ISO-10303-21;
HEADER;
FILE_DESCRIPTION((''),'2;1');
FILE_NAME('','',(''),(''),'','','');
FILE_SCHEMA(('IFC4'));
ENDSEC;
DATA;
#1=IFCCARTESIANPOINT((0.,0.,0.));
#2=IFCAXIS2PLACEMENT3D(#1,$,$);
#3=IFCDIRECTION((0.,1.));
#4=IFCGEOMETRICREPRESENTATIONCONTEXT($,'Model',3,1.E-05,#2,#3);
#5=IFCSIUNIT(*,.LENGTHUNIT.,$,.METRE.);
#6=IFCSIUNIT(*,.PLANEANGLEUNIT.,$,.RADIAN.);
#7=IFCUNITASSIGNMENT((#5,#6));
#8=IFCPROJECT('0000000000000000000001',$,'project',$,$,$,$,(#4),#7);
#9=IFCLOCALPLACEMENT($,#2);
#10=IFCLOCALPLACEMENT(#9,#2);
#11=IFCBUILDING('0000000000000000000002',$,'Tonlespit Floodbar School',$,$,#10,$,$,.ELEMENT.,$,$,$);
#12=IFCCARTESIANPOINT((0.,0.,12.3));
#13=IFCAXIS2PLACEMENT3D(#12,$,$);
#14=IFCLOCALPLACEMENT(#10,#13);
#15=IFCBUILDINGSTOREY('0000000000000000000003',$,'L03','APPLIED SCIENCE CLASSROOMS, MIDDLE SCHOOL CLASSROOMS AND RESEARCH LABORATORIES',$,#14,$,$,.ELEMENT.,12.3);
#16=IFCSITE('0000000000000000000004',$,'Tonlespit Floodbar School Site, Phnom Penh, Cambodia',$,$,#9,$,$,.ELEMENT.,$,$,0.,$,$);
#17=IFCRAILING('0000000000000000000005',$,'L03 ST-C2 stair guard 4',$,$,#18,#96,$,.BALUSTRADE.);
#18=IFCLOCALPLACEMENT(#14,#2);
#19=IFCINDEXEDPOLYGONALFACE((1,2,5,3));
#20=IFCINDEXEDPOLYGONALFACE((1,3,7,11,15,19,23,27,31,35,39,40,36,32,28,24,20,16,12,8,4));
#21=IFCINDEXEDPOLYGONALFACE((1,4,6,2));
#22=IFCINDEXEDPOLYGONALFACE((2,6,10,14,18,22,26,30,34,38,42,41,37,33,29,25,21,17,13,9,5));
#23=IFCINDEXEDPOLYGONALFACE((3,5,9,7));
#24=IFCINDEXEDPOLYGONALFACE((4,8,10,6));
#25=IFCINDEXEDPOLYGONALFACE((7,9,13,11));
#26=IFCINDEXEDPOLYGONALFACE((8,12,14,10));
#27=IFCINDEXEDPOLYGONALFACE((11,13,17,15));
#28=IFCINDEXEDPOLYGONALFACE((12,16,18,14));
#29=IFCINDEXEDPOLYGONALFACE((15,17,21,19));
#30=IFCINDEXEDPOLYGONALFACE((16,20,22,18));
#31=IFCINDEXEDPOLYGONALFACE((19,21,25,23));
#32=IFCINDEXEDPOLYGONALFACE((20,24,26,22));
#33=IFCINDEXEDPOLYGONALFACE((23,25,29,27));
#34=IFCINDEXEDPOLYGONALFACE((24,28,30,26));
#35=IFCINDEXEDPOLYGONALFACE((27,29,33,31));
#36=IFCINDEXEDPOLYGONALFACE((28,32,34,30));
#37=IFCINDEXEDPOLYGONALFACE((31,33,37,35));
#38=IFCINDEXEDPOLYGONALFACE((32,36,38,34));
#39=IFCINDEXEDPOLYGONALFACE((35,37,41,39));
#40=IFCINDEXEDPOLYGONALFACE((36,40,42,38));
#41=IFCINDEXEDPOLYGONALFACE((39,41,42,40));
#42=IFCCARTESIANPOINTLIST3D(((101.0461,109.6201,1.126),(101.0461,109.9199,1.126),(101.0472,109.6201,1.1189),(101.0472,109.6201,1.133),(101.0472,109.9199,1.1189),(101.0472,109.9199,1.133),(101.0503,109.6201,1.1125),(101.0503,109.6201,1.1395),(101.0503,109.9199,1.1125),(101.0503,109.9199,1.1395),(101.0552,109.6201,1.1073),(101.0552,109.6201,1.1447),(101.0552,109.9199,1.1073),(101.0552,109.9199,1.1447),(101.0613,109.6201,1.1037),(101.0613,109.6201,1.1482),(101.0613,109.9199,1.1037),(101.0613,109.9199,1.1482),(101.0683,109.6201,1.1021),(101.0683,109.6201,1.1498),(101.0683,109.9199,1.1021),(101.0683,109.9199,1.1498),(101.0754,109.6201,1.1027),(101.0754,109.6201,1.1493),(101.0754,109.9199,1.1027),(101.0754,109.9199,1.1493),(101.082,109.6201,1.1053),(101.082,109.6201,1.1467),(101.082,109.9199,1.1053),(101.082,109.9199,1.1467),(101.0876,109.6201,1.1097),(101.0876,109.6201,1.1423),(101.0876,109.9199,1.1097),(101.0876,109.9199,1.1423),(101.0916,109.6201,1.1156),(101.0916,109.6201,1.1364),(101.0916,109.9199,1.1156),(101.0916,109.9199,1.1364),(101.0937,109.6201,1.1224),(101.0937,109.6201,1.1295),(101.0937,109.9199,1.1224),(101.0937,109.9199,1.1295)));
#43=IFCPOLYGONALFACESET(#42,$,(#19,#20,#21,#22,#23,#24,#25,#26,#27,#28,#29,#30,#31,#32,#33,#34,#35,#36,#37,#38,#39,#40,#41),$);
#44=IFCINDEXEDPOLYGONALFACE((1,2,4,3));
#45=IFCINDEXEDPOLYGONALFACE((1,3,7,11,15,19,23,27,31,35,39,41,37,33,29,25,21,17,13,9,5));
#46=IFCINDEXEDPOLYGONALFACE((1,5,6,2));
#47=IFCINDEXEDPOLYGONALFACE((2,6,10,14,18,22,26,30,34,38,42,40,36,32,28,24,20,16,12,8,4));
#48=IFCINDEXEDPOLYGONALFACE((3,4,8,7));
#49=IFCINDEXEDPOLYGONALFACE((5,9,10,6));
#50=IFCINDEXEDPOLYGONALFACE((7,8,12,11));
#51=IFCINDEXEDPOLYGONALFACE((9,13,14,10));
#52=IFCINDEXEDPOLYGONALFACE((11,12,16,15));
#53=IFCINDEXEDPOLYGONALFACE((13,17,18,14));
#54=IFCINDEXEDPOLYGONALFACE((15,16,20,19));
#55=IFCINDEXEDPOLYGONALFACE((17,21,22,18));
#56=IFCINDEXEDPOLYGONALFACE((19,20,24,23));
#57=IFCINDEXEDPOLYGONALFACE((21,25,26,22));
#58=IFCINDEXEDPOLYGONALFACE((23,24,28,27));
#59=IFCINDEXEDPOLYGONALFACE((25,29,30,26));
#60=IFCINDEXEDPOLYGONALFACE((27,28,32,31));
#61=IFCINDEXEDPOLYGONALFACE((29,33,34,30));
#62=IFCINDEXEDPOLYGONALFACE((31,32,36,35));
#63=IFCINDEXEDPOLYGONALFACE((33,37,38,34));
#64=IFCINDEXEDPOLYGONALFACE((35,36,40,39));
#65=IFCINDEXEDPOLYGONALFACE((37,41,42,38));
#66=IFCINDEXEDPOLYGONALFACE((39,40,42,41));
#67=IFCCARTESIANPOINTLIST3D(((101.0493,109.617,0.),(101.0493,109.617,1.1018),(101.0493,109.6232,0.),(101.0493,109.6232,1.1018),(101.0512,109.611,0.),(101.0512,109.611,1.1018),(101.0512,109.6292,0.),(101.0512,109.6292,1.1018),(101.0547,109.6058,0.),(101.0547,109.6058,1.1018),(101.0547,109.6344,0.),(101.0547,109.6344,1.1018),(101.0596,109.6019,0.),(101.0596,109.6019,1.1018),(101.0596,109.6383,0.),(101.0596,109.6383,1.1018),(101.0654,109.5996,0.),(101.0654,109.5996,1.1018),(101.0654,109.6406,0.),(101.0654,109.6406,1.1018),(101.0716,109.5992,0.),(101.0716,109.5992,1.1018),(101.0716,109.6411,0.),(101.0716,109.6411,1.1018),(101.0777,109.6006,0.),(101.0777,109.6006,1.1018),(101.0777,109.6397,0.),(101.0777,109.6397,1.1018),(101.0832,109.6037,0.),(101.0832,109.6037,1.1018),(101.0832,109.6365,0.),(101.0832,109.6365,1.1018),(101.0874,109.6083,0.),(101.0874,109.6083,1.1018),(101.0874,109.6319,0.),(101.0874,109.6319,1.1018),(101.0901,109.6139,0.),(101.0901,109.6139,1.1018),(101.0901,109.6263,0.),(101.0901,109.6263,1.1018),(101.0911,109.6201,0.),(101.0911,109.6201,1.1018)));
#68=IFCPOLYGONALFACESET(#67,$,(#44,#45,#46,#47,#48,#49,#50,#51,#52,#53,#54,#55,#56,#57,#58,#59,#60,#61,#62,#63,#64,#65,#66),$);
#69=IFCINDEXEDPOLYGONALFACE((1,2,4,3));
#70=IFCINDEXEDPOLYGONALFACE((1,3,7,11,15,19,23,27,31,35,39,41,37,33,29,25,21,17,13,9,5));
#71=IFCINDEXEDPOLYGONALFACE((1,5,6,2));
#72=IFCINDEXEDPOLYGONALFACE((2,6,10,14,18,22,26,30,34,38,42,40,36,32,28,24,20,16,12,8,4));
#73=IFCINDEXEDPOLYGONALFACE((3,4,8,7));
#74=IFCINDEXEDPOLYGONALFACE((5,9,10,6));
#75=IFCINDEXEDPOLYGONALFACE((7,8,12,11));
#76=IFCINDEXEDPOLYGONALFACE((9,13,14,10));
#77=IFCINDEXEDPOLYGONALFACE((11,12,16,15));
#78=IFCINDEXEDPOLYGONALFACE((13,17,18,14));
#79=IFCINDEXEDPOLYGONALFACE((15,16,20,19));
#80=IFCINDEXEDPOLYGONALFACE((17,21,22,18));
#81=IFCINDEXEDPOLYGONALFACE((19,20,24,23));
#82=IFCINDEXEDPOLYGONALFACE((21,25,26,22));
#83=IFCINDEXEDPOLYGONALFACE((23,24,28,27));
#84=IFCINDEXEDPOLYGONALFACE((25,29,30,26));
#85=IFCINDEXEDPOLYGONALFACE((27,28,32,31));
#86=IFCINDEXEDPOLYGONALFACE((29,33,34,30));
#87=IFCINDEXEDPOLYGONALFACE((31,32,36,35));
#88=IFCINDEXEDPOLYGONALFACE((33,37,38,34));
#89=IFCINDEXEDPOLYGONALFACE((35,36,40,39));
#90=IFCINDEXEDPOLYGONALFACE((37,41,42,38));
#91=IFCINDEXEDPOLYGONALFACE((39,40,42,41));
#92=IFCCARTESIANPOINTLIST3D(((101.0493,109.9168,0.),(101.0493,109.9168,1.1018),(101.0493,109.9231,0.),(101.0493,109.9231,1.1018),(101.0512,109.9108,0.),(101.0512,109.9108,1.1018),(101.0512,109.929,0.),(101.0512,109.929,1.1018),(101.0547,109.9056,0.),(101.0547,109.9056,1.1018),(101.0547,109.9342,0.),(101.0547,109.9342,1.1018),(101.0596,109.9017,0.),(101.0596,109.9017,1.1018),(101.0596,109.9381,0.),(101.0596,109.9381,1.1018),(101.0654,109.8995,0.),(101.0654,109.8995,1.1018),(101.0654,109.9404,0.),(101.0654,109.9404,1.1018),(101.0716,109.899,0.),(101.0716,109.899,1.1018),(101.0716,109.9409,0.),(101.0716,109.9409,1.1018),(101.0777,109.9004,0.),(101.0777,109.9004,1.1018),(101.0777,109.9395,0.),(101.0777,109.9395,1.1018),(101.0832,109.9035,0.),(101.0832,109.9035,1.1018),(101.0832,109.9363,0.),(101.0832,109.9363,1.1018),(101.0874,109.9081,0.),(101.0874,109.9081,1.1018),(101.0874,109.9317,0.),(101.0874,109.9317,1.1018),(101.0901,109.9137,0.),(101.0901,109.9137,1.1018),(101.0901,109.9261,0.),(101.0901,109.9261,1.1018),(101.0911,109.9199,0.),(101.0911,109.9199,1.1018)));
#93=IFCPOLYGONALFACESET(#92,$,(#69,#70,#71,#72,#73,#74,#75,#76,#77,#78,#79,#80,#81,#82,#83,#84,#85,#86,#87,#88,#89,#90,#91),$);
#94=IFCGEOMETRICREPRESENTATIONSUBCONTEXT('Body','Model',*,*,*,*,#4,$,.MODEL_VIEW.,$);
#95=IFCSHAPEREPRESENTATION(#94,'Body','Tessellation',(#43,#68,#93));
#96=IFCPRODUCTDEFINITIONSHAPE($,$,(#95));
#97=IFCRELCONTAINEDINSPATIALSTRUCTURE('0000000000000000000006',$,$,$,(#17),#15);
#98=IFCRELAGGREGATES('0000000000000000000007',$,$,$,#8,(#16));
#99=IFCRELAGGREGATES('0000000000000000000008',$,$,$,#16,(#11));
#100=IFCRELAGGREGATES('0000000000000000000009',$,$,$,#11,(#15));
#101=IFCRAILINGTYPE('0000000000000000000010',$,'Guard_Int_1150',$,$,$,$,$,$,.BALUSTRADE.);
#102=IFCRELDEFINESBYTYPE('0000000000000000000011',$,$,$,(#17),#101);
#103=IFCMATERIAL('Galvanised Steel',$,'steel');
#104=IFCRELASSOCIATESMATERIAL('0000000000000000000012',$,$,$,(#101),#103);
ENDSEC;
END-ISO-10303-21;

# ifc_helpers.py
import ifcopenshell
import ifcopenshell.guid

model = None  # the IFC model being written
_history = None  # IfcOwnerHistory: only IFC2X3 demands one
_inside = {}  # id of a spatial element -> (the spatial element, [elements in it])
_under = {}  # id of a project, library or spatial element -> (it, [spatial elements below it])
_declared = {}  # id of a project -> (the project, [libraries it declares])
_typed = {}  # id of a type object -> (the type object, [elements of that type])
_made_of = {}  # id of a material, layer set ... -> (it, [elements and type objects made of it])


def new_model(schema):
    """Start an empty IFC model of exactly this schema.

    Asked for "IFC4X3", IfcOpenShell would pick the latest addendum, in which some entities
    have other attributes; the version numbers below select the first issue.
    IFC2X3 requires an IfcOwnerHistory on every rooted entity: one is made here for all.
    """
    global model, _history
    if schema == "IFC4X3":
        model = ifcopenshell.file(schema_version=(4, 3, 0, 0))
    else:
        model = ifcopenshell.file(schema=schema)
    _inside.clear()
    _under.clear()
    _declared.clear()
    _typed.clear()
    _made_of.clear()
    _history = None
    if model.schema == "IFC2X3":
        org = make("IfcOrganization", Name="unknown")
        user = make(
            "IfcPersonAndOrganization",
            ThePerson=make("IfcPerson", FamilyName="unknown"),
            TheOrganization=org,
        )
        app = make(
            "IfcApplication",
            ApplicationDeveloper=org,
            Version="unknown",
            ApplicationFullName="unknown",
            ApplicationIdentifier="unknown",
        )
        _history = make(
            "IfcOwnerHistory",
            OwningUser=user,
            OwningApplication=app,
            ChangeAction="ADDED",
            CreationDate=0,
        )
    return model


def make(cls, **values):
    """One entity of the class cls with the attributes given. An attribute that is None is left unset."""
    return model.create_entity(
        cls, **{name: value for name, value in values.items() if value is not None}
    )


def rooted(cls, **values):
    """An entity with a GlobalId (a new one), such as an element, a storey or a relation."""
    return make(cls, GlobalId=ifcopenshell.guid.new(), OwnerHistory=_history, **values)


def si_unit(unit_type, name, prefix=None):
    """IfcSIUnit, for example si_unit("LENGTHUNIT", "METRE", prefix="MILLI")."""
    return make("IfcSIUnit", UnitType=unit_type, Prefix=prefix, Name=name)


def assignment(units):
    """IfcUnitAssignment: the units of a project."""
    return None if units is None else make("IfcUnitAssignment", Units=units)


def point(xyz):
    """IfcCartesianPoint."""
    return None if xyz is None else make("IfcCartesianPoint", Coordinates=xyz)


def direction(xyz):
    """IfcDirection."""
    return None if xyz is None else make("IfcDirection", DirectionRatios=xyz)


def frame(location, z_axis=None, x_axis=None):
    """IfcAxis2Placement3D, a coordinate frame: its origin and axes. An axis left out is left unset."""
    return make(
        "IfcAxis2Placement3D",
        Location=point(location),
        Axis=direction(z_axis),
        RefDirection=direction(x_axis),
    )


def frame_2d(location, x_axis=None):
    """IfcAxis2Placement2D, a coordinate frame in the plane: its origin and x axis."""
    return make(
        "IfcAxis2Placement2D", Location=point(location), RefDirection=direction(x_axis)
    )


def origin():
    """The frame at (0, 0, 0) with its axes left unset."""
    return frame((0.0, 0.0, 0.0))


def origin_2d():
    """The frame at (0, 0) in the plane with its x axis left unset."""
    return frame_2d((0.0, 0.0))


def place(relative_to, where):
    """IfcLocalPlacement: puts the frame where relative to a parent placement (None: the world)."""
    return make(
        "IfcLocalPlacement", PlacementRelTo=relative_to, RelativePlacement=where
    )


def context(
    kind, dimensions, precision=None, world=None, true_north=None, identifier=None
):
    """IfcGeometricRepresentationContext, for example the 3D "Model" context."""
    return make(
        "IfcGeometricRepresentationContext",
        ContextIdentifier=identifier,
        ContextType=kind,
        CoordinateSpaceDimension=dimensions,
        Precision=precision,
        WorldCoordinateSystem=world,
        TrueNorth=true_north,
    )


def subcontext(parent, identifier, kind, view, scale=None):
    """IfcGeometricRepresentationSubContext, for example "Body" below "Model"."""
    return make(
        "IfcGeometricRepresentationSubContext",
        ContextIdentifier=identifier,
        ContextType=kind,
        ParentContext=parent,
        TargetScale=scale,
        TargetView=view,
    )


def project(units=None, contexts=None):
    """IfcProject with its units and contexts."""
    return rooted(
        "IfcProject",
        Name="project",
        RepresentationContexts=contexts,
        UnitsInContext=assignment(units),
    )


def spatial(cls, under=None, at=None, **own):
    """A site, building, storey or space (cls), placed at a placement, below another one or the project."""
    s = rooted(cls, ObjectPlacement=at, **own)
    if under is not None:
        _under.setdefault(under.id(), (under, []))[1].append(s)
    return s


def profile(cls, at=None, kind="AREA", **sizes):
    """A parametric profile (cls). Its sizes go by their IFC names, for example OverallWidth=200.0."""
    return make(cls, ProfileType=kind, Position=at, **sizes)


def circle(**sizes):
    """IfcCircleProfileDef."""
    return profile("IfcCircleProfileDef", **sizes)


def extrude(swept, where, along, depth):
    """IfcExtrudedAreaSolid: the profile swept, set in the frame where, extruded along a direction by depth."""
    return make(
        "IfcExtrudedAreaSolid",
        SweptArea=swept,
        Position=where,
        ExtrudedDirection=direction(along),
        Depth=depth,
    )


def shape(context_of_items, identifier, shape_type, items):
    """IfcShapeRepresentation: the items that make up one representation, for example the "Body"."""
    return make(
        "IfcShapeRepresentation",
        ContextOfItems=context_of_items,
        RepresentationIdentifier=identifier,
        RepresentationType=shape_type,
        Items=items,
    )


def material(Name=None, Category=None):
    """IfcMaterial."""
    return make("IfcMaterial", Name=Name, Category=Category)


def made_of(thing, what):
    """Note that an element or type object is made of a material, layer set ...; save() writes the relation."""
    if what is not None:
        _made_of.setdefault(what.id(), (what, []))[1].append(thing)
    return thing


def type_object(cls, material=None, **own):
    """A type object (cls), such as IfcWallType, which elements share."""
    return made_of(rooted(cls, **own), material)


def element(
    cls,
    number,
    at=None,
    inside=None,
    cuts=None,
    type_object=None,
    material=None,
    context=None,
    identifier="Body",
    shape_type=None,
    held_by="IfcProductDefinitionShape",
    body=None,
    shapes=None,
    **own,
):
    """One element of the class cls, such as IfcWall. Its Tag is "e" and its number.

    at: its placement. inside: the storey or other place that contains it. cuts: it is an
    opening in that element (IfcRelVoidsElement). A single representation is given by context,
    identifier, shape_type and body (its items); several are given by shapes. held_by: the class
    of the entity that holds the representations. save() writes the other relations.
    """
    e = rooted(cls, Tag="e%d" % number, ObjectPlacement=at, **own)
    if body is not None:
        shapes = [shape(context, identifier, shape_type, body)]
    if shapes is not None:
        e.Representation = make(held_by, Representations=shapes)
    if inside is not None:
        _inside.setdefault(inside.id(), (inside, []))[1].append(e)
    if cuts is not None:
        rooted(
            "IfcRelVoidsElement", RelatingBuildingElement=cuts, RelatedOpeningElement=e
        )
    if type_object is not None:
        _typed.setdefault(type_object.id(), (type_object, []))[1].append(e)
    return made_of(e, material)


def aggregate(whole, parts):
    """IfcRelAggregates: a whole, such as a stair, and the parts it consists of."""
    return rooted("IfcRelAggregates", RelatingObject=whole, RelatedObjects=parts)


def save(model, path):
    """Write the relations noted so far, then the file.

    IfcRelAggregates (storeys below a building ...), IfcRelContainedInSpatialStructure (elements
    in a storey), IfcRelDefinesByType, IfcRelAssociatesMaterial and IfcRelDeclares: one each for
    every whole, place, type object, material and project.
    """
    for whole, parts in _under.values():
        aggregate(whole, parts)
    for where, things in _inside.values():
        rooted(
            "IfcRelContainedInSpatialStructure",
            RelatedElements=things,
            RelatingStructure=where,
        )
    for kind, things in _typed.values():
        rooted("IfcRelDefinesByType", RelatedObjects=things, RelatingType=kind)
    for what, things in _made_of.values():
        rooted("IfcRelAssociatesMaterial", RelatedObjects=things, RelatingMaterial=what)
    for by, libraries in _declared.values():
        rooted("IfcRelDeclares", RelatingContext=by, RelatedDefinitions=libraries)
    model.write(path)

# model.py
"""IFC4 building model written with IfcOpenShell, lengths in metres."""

from ifc_helpers import new_model, si_unit, direction, frame, origin, origin_2d, place, context, subcontext, project, spatial, circle, extrude, material, type_object, element, save


model = new_model("IFC4")

# Units and contexts
model_context = context("Model", 3, precision=1e-05, world=origin(), true_north=direction((0.0, 1.0)))
body_context = subcontext(model_context, "Body", "Model", "MODEL_VIEW")
ifc_project = project(units=[si_unit("LENGTHUNIT", "METRE"), si_unit("PLANEANGLEUNIT", "RADIAN")], contexts=[model_context])

# Site, building, storey
site_placement = place(None, origin())
site = spatial("IfcSite", under=ifc_project, at=site_placement, Name="Tonlespit Floodbar School Site, Phnom Penh, Cambodia", CompositionType="ELEMENT", RefElevation=0.0)
building_placement = place(site_placement, origin())
building = spatial("IfcBuilding", under=site, at=building_placement, Name="Tonlespit Floodbar School", CompositionType="ELEMENT")
storey_placement = place(building_placement, frame((0.0, 0.0, 12.3)))
storey = spatial("IfcBuildingStorey", under=building, at=storey_placement, Name="L03", Description="APPLIED SCIENCE CLASSROOMS, MIDDLE SCHOOL CLASSROOMS AND RESEARCH LABORATORIES", CompositionType="ELEMENT", Elevation=12.3)

# Railing
ifc_material_1 = material(Name="Galvanised Steel", Category="steel")
railing_type_1 = type_object("IfcRailingType", Name="Guard_Int_1150", PredefinedType="BALUSTRADE", material=ifc_material_1)
railing_1_placement = place(storey_placement, frame((101.0701, 109.6201, 0.0)))
element("IfcRailing", 1, at=railing_1_placement, inside=storey, type_object=railing_type_1, Name="L03 ST-C2 stair guard 4", PredefinedType="BALUSTRADE", context=body_context, shape_type="SweptSolid", body=[
    extrude(circle(Radius=0.0239, at=origin_2d()), frame((0.0, 0.0, 1.126), z_axis=(0.0, 1.0, 0.0), x_axis=(-1.0, 0.0, 0.0)), (0.0, 0.0, 1.0), 0.2998),
    extrude(circle(Radius=0.021, at=origin_2d()), origin(), (0.0, 0.0, 1.0), 1.1018),
    extrude(circle(Radius=0.021, at=origin_2d()), frame((0.0, 0.2998, 0.0)), (0.0, 0.0, 1.0), 1.1018),
])

save(model, "model.ifc")
